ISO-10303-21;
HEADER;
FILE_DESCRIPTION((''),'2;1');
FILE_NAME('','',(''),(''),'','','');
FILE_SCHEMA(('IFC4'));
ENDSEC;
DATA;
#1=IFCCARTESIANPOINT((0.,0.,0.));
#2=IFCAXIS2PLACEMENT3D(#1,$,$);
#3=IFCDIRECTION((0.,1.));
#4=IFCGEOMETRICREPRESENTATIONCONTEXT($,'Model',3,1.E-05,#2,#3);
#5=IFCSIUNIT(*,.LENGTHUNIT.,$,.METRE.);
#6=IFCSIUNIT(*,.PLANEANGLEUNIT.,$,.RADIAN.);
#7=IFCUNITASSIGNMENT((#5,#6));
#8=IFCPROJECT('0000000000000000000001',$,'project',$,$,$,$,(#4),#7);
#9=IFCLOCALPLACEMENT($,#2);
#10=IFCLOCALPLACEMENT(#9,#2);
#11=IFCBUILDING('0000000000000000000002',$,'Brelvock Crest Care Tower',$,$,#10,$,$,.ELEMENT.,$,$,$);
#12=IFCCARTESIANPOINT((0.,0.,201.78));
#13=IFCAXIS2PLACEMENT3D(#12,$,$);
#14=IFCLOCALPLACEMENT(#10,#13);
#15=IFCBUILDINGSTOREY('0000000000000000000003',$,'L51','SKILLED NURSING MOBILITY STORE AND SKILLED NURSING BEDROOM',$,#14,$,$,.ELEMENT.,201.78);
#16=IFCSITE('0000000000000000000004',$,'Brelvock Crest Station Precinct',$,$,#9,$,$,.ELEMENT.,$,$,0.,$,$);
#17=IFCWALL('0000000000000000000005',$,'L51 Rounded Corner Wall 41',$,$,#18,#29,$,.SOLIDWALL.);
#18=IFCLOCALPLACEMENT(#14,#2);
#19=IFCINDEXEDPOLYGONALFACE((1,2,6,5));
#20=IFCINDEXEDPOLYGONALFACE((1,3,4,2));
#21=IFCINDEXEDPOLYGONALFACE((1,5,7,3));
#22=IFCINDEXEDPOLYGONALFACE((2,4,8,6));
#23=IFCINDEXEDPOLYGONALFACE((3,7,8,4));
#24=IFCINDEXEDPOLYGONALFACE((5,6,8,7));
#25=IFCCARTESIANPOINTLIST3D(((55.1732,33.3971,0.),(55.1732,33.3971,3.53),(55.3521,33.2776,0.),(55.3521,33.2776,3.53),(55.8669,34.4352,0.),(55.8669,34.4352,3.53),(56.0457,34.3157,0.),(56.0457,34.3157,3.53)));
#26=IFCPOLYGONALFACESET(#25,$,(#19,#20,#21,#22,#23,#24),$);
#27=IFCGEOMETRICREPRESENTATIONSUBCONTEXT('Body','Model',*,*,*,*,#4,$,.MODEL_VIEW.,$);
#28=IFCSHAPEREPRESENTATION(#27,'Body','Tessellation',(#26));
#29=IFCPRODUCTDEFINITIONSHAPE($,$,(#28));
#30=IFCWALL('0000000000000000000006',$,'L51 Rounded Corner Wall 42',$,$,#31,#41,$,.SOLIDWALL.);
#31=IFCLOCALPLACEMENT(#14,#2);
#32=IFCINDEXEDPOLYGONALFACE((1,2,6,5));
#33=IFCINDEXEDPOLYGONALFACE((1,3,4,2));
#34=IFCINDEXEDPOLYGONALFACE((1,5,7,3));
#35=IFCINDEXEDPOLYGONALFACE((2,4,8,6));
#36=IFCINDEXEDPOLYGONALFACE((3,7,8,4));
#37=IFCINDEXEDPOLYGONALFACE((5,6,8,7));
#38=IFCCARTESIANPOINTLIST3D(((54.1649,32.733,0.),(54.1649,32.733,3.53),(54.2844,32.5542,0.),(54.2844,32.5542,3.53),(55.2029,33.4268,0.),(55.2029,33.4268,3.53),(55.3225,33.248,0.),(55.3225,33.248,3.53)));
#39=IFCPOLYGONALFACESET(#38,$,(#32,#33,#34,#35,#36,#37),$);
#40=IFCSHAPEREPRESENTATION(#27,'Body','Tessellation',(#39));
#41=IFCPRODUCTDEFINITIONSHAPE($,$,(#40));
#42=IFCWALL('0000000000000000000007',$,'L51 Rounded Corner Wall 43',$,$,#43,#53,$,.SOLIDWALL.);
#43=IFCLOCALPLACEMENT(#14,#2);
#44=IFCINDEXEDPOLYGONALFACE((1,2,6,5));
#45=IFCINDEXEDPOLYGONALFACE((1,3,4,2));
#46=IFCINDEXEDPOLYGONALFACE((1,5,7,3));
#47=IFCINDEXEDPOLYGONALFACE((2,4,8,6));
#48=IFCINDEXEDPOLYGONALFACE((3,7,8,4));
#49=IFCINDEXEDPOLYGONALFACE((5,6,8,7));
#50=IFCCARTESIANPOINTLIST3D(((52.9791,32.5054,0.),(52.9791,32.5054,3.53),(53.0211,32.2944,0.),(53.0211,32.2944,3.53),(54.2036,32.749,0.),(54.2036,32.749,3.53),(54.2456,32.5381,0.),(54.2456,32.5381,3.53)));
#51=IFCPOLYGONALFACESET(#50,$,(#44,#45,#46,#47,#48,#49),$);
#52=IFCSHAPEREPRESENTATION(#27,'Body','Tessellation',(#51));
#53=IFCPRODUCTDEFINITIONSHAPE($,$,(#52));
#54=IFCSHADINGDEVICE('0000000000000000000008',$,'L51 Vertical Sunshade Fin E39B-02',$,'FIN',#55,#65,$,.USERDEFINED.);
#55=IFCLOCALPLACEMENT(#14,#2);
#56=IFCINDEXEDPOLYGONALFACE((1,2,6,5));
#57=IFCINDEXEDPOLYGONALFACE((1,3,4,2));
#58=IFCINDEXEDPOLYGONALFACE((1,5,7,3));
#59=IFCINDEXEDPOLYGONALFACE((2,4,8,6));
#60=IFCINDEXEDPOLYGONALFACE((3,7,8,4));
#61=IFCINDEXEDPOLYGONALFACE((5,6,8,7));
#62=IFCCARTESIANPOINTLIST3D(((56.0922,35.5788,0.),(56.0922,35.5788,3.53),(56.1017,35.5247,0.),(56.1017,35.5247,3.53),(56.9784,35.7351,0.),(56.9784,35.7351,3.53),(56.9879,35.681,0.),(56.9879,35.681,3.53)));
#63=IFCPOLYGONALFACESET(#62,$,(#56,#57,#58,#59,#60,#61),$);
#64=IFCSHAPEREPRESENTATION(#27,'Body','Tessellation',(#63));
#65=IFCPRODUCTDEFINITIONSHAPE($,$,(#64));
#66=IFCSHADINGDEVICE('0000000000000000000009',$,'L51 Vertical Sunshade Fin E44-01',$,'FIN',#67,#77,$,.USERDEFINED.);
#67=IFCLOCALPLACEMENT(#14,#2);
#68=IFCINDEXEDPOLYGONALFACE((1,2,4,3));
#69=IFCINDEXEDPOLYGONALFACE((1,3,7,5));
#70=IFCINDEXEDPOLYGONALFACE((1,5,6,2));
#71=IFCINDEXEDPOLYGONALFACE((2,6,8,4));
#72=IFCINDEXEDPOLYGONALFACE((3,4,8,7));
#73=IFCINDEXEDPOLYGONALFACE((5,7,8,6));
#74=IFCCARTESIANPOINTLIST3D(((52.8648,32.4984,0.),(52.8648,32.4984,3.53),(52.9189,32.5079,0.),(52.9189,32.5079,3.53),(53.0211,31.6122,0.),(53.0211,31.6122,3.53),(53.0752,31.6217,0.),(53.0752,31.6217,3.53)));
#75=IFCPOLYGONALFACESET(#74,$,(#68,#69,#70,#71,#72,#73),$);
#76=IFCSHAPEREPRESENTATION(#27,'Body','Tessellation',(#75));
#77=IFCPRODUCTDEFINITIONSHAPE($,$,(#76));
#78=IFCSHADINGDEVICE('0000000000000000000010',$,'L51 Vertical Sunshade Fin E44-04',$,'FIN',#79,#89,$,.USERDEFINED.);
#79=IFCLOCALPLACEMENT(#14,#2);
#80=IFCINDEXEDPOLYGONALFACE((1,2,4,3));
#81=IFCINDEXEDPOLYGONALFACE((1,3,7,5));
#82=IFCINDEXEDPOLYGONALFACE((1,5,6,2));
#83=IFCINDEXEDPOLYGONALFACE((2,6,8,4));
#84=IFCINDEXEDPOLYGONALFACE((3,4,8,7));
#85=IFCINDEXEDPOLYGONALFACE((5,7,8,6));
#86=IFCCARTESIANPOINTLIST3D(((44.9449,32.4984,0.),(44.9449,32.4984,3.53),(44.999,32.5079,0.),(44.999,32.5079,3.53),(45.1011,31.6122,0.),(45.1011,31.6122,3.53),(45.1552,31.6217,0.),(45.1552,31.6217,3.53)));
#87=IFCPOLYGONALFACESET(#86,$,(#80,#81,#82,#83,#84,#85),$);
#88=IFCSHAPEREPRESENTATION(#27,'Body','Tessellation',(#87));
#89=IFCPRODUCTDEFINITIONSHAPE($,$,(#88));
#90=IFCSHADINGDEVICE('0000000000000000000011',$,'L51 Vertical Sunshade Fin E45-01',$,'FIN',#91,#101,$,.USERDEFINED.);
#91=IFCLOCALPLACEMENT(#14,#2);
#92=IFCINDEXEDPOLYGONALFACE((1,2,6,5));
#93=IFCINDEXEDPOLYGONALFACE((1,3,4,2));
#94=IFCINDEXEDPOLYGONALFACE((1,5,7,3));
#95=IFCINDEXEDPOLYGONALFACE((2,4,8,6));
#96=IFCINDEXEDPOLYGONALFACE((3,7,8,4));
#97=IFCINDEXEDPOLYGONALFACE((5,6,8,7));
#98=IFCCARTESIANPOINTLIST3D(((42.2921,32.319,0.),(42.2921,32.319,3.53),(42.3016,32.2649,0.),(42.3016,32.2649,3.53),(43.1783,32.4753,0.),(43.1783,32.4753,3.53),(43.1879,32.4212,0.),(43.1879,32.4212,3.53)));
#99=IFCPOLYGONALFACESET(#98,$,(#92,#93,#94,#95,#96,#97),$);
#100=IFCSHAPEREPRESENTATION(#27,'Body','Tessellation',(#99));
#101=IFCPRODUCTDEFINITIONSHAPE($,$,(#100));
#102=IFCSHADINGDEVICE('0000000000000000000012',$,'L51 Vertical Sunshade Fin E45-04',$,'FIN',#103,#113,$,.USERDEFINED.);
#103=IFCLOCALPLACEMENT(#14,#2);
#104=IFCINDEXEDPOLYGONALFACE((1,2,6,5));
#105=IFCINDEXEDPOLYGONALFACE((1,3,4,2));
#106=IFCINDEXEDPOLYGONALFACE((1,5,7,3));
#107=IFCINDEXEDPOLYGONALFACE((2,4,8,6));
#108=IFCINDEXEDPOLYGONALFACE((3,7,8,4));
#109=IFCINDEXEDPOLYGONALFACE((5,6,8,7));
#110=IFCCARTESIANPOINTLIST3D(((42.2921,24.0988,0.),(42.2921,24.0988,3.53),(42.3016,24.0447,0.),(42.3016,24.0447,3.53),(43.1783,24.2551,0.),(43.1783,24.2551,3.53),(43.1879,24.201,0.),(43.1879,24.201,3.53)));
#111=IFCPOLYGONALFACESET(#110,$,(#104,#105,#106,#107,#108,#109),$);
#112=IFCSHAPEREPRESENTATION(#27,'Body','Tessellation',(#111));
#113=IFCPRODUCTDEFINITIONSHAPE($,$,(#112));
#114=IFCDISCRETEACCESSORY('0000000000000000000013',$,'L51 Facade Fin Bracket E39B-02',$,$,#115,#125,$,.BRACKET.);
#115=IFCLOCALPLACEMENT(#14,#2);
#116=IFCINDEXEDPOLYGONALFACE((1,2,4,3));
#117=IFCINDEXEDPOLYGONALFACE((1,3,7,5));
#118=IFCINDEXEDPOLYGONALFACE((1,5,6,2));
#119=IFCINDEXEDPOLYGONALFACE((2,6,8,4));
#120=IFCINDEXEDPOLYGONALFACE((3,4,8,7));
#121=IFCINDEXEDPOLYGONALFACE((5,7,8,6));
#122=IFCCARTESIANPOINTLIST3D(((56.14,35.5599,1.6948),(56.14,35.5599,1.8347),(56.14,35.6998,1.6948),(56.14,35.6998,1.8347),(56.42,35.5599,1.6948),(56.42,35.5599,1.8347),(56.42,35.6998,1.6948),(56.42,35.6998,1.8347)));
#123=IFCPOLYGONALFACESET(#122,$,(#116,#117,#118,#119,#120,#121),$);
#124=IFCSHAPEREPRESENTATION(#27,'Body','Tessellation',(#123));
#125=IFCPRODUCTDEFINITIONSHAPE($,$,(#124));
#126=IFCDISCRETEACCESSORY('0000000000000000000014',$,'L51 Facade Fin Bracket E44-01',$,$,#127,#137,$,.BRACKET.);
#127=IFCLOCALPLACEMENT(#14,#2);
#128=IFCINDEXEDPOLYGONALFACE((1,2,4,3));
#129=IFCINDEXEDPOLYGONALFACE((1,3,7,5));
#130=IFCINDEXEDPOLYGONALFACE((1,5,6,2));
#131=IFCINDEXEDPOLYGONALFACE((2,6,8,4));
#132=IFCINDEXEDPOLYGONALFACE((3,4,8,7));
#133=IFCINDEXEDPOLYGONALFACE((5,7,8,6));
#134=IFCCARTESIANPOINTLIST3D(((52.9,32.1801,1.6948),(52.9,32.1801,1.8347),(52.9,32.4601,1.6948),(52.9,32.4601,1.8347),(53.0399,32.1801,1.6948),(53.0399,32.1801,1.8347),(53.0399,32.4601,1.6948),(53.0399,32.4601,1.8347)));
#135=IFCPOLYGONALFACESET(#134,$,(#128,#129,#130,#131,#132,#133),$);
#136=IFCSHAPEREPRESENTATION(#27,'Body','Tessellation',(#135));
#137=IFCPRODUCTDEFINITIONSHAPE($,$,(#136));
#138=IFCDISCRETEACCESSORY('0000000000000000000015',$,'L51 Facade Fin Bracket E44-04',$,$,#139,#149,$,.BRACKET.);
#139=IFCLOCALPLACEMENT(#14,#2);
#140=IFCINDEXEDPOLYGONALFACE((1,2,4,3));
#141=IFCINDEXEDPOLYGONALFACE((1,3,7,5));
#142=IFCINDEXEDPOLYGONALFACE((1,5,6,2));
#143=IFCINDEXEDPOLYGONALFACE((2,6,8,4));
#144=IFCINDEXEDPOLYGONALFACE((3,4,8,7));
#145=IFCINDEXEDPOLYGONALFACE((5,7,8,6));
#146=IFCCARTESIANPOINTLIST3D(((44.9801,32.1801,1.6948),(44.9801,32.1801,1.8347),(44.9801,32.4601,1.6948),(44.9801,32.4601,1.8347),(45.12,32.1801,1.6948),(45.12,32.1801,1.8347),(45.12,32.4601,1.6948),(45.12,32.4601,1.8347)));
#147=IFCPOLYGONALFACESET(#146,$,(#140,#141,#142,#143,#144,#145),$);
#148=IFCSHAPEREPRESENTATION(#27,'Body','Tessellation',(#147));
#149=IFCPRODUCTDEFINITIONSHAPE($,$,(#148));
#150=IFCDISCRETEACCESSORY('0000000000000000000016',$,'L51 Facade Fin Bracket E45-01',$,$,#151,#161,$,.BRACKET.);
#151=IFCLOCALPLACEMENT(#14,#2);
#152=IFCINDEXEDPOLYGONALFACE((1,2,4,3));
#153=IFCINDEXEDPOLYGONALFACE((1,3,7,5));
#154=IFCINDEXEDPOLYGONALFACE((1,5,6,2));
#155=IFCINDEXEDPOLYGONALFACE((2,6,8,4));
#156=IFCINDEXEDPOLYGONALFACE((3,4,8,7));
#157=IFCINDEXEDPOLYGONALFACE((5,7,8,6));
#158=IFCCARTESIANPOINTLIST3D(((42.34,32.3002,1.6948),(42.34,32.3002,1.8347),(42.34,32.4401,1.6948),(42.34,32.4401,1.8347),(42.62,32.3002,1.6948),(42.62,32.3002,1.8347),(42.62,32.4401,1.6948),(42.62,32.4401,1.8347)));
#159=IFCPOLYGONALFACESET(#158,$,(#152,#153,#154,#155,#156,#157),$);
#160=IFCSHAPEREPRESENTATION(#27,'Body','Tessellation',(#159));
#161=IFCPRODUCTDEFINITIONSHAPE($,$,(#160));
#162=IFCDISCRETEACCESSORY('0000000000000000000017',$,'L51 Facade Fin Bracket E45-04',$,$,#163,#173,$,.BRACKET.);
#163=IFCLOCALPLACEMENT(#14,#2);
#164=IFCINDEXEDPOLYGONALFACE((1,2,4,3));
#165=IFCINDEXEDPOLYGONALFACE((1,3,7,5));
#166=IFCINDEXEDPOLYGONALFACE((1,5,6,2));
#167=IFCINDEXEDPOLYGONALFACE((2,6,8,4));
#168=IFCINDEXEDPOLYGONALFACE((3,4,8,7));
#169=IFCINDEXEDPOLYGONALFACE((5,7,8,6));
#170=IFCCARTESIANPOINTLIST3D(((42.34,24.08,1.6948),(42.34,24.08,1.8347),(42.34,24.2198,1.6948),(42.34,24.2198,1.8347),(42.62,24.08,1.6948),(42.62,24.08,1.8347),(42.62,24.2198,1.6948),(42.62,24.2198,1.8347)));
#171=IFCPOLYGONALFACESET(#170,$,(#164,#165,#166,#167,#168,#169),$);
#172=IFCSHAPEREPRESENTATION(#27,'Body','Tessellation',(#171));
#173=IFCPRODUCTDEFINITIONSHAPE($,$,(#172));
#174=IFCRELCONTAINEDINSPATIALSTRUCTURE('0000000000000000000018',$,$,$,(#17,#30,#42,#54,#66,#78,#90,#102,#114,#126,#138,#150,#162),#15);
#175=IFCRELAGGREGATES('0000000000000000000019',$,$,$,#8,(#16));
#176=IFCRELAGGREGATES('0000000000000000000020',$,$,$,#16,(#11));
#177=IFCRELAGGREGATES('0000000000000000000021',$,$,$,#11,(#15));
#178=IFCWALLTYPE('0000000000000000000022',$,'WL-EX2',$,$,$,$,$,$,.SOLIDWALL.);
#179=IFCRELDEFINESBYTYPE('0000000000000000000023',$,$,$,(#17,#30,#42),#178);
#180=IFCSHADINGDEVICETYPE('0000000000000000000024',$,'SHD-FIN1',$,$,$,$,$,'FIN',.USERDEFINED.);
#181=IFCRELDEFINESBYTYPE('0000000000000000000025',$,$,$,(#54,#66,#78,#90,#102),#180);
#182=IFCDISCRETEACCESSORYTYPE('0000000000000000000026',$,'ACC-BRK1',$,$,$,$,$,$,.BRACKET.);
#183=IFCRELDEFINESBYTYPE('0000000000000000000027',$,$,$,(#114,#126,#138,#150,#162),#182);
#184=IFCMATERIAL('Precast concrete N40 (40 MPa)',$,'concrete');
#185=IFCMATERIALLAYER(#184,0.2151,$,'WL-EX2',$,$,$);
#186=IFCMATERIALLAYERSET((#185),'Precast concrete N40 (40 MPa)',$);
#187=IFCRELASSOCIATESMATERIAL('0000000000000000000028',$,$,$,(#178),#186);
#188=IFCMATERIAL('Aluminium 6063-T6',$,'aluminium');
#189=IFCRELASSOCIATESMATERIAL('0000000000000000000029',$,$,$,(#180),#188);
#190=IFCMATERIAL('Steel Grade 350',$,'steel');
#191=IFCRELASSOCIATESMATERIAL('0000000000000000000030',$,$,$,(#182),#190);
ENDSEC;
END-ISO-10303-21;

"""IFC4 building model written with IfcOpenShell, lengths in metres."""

from ifc_helpers import new_model, si_unit, direction, frame, frame_2d, origin, origin_2d, place, context, subcontext, project, spatial, rectangle, extrude, source, transform, mapped, material, layer, layer_set, material_profile, profile_set, type_object, element, save


model = new_model("IFC4")

# Units and contexts
model_context = context("Model", 3, precision=1e-05, world=origin(), true_north=direction((0.0, 1.0)))
body_context = subcontext(model_context, "Body", "Model", "MODEL_VIEW")
ifc_project = project(units=[si_unit("LENGTHUNIT", "METRE"), si_unit("PLANEANGLEUNIT", "RADIAN")], contexts=[model_context])

# Site, building, storey
site_placement = place(None, origin())
site = spatial("IfcSite", under=ifc_project, at=site_placement, Name="Brelvock Crest Station Precinct", CompositionType="ELEMENT", RefElevation=0.0)
building_placement = place(site_placement, origin())
building = spatial("IfcBuilding", under=site, at=building_placement, Name="Brelvock Crest Care Tower", CompositionType="ELEMENT")
storey_placement = place(building_placement, frame((0.0, 0.0, 201.78)))
storey = spatial("IfcBuildingStorey", under=building, at=storey_placement, Name="L51", Description="SKILLED NURSING MOBILITY STORE AND SKILLED NURSING BEDROOM", CompositionType="ELEMENT", Elevation=201.78)

# Shared definitions
ifc_material_1 = material(Name="Steel Grade 350", Category="steel")

# Shared definitions
ifc_material_2 = material(Name="Aluminium 6063-T6", Category="aluminium")

# Walls
ifc_material_3 = material(Name="Precast concrete N40 (40 MPa)", Category="concrete")
ifc_layer_1 = layer(ifc_material_3, 0.2151, Name="WL-EX2")
ifc_layer_set_1 = layer_set([ifc_layer_1], Name="Precast concrete N40 (40 MPa)")
wall_type = type_object("IfcWallType", Name="WL-EX2", PredefinedType="SOLIDWALL", material=ifc_layer_set_1)
for number, where, z_axis, x_axis, name in (
    (1, (55.9563, 34.3755, 0.0), (0.0, 0.0, 1.0), (-0.555557, -0.831478, 0.0), "L51 Rounded Corner Wall 41"),
    (2, (55.2627, 33.3374, 0.0), (0.0, 0.0, 1.0), (-0.831388, -0.555692, 0.0), "L51 Rounded Corner Wall 42"),
    (3, (54.2246, 32.6436, 0.0), (0.0, 0.0, 1.0), (-0.980776, -0.195138, 0.0), "L51 Rounded Corner Wall 43"),
):
    element("IfcWall", number, at=place(storey_placement, frame(where, z_axis=z_axis, x_axis=x_axis)), inside=storey, type_object=wall_type, Name=name, PredefinedType="SOLIDWALL", context=body_context, shape_type="SweptSolid", body=[
        extrude(rectangle(XDim=1.2485, YDim=0.2151, at=frame_2d((0.6243, 0.0))), origin(), (0.0, 0.0, 1.0), 3.53),
    ])

# Shading devices
ifc_material_profile_1 = material_profile(ifc_material_2, rectangle(XDim=0.0549, YDim=0.8999, at=origin_2d()), Name="FIN55x900")
ifc_profile_set_1 = profile_set([ifc_material_profile_1], Name="Aluminium 6063-T6")
shading_device_type = type_object("IfcShadingDeviceType", Name="SHD-FIN1", ElementType="FIN", PredefinedType="USERDEFINED", material=ifc_profile_set_1)
shared_shape_1 = source(origin(), body_context, "Body", "SweptSolid", [
    extrude(rectangle(XDim=0.0549, YDim=0.8999, at=origin_2d()), origin(), (0.0, 0.0, 1.0), 3.53),
])
for number, where, z_axis, x_axis, name in (
    (4, (56.54, 35.6299, 0.0), (0.0, 0.0, 1.0), (0.173648, -0.984808, 0.0), "L51 Vertical Sunshade Fin E39B-02"),
    (5, (52.97, 32.0601, 0.0), (0.0, 0.0, 1.0), (-0.984808, -0.173648, 0.0), "L51 Vertical Sunshade Fin E44-01"),
    (6, (45.05, 32.0601, 0.0), (0.0, 0.0, 1.0), (-0.984808, -0.173648, 0.0), "L51 Vertical Sunshade Fin E44-04"),
    (7, (42.74, 32.3701, 0.0), (0.0, 0.0, 1.0), (0.173648, -0.984808, 0.0), "L51 Vertical Sunshade Fin E45-01"),
    (8, (42.74, 24.1499, 0.0), (0.0, 0.0, 1.0), (0.173648, -0.984808, 0.0), "L51 Vertical Sunshade Fin E45-04"),
):
    element("IfcShadingDevice", number, at=place(storey_placement, frame(where, z_axis=z_axis, x_axis=x_axis)), inside=storey, type_object=shading_device_type, Name=name, ObjectType="FIN", PredefinedType="USERDEFINED", context=body_context, shape_type="MappedRepresentation", body=[
        mapped(shared_shape_1, transform((0.0, 0.0, 0.0), x_axis=(1.0, 0.0, 0.0), y_axis=(0.0, 1.0, 0.0), z_axis=(0.0, 0.0, 1.0), scale=1.0)),
    ])

# Discrete accessories
discrete_accessory_type = type_object("IfcDiscreteAccessoryType", Name="ACC-BRK1", PredefinedType="BRACKET", material=ifc_material_1)
shared_shape_2 = source(origin(), body_context, "Body", "SweptSolid", [
    extrude(rectangle(XDim=0.28, YDim=0.1399, at=origin_2d()), origin(), (0.0, 0.0, 1.0), 0.1399),
])
for number, where, z_axis, x_axis, name in (
    (9, (56.28, 35.6299, 1.6948), (0.0, 0.0, 1.0), (1.0, 0.0, 0.0), "L51 Facade Fin Bracket E39B-02"),
    (10, (52.97, 32.3201, 1.6948), (0.0, 0.0, 1.0), (0.0, -1.0, 0.0), "L51 Facade Fin Bracket E44-01"),
    (11, (45.05, 32.3201, 1.6948), (0.0, 0.0, 1.0), (0.0, -1.0, 0.0), "L51 Facade Fin Bracket E44-04"),
    (12, (42.48, 32.3701, 1.6948), (0.0, 0.0, 1.0), (1.0, 0.0, 0.0), "L51 Facade Fin Bracket E45-01"),
    (13, (42.48, 24.1499, 1.6948), (0.0, 0.0, 1.0), (1.0, 0.0, 0.0), "L51 Facade Fin Bracket E45-04"),
):
    element("IfcDiscreteAccessory", number, at=place(storey_placement, frame(where, z_axis=z_axis, x_axis=x_axis)), inside=storey, type_object=discrete_accessory_type, Name=name, PredefinedType="BRACKET", context=body_context, shape_type="MappedRepresentation", body=[
        mapped(shared_shape_2, transform((0.0, 0.0, 0.0), x_axis=(1.0, 0.0, 0.0), y_axis=(0.0, 1.0, 0.0), z_axis=(0.0, 0.0, 1.0), scale=1.0)),
    ])

save(model, "model.ifc")
